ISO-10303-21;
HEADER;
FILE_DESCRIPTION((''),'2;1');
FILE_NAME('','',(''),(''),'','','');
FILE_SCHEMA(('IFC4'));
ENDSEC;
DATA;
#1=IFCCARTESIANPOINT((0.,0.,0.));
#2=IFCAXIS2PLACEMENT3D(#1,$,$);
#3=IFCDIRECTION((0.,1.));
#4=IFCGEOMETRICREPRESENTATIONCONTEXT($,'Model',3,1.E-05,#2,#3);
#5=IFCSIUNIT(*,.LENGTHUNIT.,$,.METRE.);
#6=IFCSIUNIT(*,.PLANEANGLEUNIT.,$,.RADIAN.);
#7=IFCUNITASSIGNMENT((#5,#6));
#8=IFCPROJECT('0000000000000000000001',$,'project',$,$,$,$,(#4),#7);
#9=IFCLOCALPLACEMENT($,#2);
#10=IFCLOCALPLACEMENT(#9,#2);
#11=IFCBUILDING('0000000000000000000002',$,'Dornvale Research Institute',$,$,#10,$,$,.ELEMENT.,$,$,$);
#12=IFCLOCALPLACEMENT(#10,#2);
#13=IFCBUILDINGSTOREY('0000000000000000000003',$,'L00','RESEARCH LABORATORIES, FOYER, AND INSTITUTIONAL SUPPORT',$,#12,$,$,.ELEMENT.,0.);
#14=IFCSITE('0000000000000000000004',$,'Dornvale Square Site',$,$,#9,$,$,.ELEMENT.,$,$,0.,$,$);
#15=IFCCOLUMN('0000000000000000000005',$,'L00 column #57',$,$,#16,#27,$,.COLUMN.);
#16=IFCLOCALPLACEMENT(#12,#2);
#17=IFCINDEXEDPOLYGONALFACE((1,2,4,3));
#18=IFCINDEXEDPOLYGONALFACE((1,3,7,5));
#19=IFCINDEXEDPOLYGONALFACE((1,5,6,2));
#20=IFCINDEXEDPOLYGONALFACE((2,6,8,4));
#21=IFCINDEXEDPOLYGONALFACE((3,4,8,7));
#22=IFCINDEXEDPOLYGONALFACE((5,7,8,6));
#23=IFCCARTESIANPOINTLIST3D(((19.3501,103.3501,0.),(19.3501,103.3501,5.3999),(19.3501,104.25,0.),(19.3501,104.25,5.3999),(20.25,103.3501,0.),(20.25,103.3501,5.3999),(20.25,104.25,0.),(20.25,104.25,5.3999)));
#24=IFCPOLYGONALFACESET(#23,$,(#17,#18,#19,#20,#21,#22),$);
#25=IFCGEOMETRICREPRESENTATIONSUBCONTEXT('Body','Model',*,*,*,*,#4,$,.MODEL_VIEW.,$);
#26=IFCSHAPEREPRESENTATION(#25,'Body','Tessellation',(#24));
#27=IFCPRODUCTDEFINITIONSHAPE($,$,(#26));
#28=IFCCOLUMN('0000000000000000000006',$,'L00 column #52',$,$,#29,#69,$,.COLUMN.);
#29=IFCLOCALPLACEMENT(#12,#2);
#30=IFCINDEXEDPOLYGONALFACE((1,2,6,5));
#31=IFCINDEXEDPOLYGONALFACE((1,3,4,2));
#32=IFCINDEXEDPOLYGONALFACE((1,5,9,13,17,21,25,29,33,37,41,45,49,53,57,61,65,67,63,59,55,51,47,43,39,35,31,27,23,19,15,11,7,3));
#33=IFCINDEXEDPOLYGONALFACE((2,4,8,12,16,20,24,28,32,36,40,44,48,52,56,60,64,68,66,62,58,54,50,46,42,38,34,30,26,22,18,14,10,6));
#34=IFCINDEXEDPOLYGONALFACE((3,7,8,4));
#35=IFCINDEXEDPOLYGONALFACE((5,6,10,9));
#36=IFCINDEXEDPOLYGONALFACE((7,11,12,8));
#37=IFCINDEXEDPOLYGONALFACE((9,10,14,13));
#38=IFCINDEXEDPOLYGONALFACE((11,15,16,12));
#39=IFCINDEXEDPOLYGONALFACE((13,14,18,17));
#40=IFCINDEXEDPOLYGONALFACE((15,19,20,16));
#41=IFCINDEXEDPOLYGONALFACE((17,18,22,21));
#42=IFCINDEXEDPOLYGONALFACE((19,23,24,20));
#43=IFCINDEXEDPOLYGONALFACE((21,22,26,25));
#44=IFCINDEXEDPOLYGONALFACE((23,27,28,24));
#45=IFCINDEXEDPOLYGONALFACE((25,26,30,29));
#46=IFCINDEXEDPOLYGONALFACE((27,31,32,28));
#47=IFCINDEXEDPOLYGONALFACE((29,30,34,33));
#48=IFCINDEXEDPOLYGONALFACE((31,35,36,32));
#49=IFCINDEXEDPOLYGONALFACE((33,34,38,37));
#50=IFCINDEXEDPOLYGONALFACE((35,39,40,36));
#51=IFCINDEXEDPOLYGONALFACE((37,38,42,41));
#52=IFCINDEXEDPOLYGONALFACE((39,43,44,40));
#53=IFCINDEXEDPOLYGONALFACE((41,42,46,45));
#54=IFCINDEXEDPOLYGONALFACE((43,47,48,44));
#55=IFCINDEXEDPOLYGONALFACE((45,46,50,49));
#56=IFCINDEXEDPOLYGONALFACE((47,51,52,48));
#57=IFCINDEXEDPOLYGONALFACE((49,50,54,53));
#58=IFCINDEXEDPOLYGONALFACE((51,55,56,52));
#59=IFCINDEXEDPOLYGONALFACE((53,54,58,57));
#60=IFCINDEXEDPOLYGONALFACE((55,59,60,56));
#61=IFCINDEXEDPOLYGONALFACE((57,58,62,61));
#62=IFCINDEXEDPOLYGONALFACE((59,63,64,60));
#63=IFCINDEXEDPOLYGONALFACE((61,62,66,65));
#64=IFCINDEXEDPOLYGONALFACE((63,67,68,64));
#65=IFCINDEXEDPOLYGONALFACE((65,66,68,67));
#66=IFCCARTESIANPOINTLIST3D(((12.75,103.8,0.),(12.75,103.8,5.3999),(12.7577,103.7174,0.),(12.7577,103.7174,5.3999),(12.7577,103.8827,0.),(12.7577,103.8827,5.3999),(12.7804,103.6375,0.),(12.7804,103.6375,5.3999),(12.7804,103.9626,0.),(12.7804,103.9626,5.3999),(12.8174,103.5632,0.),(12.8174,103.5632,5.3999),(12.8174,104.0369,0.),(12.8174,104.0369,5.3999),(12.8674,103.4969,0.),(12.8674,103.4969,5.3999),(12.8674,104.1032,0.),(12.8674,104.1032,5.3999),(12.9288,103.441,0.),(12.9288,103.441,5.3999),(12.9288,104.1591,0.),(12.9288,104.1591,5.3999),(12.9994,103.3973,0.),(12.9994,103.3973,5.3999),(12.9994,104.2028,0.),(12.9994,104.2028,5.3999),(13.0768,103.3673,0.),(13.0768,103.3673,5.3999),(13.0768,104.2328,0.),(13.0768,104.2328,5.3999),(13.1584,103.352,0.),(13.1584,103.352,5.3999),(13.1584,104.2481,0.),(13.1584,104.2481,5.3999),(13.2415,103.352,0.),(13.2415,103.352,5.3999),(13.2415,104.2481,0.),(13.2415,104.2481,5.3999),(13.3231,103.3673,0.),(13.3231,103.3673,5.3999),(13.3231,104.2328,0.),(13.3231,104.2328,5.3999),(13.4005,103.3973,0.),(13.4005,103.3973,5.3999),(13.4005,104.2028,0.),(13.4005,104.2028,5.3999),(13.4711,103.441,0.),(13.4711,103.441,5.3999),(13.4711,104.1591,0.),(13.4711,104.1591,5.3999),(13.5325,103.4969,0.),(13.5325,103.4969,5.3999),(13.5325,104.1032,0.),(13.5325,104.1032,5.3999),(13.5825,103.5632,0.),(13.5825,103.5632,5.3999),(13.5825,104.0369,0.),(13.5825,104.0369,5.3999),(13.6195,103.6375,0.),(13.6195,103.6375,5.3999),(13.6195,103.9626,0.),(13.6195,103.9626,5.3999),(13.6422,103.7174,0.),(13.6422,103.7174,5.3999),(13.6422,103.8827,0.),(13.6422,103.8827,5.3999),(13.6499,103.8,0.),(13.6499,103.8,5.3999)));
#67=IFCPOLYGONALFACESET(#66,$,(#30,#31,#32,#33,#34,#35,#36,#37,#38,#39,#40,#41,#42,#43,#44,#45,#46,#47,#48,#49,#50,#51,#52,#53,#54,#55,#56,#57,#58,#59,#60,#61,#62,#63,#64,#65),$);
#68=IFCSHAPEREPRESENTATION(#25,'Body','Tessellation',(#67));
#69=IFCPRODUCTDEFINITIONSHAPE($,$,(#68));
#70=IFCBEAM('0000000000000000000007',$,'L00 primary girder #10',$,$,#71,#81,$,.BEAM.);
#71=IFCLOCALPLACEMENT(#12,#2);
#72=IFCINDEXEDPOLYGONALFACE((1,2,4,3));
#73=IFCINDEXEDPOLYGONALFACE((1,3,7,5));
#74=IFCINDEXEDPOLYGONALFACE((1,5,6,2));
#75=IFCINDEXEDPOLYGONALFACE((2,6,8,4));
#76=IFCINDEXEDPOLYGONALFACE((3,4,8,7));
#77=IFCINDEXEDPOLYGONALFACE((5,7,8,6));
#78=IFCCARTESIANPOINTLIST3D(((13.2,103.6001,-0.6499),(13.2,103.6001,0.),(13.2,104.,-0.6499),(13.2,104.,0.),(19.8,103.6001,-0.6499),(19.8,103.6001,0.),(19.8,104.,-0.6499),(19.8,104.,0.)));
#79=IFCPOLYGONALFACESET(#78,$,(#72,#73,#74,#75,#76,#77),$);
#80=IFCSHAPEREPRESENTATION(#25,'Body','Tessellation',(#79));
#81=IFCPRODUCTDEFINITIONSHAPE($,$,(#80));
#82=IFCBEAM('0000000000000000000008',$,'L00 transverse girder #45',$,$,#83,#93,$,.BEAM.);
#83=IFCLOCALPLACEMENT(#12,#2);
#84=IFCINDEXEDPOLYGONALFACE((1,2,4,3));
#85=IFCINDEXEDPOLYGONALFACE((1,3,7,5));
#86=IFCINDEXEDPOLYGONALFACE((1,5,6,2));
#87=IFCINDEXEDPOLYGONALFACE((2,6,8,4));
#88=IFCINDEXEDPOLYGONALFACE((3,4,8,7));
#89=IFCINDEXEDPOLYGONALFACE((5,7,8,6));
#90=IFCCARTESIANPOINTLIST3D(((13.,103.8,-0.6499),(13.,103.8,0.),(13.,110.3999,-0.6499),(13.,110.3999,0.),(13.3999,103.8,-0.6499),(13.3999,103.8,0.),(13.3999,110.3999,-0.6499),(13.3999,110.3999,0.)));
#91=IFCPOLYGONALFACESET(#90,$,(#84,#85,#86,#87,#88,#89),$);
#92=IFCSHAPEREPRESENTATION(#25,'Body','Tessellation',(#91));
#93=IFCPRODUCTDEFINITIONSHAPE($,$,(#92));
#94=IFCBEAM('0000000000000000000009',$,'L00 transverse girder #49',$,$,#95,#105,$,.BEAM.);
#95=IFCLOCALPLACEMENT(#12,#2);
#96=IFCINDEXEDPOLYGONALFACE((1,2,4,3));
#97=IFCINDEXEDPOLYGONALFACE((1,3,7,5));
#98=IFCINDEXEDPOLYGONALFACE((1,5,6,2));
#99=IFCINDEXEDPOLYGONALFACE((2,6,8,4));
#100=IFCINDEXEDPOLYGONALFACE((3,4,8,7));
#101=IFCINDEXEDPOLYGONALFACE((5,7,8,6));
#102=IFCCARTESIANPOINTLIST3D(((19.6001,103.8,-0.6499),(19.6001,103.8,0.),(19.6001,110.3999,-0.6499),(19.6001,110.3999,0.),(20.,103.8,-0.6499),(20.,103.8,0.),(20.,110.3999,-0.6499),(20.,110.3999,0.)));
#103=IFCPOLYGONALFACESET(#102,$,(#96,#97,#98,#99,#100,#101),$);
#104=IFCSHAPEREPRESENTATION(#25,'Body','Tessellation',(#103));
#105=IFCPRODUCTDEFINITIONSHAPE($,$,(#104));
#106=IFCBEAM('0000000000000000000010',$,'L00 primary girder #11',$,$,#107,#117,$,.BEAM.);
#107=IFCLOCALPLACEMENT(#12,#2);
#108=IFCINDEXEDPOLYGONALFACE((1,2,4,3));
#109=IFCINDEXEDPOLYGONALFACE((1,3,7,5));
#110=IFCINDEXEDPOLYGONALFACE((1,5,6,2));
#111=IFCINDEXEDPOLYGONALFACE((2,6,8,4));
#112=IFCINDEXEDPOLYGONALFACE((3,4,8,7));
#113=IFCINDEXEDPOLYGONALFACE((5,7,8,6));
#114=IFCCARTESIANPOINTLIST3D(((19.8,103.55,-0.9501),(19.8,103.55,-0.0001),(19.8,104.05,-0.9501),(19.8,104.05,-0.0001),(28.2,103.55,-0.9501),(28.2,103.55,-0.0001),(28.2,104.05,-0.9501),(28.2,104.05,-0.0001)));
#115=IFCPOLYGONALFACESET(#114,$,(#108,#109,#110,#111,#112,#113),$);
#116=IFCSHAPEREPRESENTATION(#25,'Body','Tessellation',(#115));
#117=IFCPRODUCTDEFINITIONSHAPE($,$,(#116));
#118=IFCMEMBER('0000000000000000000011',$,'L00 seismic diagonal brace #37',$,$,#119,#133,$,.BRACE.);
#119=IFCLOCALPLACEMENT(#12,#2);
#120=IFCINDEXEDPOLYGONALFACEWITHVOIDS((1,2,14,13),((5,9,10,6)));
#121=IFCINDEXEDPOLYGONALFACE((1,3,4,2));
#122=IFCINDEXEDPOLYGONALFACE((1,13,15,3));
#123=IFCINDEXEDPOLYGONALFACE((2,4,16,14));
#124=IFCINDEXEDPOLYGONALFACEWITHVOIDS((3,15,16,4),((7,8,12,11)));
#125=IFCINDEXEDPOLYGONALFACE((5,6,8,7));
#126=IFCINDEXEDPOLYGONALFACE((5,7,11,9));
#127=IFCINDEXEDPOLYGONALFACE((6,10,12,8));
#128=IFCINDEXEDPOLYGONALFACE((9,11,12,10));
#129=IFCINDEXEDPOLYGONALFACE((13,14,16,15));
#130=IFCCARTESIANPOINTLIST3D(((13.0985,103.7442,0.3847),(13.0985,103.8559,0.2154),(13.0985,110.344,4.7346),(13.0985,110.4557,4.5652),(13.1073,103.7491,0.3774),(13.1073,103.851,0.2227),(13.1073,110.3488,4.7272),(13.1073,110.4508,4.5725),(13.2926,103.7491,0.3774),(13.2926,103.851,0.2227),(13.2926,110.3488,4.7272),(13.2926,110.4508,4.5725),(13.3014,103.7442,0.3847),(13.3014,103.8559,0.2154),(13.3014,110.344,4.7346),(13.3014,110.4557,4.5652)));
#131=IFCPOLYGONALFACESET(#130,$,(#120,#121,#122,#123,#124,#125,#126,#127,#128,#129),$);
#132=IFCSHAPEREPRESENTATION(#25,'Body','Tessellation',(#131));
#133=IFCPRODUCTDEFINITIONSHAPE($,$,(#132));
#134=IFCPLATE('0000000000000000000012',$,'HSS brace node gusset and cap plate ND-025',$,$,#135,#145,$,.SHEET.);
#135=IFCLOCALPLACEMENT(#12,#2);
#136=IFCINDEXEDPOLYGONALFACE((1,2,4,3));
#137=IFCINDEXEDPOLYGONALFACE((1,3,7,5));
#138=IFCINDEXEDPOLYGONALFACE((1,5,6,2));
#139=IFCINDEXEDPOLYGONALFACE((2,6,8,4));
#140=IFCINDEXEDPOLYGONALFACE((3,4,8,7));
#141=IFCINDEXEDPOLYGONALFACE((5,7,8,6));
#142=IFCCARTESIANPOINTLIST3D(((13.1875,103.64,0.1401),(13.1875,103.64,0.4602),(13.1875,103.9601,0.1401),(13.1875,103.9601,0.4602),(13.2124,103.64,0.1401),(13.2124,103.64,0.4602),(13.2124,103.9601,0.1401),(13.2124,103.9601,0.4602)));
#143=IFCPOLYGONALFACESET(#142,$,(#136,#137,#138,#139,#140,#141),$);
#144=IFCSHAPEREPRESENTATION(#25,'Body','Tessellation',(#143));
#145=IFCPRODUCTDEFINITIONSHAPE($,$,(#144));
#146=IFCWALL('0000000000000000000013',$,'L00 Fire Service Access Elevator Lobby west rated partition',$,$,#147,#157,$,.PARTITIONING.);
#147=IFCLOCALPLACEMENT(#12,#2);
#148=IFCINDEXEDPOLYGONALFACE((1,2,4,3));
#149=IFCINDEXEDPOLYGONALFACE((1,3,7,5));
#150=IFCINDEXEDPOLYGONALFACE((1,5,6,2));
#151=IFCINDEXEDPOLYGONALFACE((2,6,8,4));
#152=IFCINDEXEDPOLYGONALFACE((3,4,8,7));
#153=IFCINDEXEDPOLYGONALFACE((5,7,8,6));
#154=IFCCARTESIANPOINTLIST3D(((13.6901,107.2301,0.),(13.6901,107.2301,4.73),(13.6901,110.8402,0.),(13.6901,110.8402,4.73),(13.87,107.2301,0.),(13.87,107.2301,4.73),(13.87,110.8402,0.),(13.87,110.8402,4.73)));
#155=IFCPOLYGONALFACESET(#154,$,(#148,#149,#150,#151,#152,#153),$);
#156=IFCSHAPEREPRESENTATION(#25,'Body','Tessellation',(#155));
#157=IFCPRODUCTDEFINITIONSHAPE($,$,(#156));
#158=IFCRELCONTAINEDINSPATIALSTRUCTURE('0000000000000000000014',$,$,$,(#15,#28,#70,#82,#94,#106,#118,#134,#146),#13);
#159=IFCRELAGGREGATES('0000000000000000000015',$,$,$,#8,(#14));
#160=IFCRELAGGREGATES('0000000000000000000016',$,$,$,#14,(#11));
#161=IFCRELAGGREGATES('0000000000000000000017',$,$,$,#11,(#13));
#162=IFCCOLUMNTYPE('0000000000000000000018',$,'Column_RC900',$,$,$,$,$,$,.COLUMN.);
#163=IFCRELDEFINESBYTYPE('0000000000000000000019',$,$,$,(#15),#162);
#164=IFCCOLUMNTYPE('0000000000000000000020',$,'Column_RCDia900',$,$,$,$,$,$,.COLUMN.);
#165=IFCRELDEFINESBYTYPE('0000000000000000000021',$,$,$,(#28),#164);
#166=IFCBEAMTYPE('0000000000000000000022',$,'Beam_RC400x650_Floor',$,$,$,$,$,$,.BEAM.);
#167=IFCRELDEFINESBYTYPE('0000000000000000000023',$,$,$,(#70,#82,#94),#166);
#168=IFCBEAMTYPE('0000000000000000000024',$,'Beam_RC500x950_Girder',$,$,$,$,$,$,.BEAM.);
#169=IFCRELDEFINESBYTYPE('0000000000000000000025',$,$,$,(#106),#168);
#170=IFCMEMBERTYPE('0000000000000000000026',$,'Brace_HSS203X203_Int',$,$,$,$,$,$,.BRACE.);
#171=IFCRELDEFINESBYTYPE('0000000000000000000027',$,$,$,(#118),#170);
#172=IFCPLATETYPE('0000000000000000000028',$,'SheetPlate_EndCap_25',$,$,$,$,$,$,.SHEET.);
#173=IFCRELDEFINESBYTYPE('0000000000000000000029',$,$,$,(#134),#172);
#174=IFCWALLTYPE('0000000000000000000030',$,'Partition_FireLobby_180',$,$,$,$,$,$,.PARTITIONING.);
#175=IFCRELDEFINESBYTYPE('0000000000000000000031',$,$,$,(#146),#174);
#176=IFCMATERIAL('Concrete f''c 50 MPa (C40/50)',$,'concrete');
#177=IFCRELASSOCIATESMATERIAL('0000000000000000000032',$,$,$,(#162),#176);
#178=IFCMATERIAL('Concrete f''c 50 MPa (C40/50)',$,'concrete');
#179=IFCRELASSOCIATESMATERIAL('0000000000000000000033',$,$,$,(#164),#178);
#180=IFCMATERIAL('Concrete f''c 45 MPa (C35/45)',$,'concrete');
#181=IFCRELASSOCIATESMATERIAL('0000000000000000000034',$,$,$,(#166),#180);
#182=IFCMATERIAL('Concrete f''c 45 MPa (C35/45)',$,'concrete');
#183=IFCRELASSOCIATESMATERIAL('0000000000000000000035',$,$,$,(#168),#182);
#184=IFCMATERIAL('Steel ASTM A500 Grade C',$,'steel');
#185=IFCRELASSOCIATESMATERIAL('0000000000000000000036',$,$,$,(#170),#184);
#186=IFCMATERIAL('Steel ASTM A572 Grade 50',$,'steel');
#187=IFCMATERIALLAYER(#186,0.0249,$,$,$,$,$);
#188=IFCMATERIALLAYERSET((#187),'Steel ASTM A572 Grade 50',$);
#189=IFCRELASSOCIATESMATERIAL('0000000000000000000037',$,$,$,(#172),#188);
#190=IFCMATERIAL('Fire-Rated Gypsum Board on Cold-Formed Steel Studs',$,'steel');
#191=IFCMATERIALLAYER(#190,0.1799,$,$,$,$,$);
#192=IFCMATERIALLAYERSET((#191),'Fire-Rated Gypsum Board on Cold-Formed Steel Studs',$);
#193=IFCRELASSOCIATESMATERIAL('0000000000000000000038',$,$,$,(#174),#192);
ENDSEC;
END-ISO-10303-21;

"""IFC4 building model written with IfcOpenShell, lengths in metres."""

from ifc_helpers import new_model, si_unit, direction, frame, frame_2d, origin, origin_2d, place, context, subcontext, project, spatial, rectangle, hollow_rectangle, circle, extrude, material, layer, layer_set, material_profile, profile_set, type_object, element, save


model = new_model("IFC4")

# Units and contexts
model_context = context("Model", 3, precision=1e-05, world=origin(), true_north=direction((0.0, 1.0)))
body_context = subcontext(model_context, "Body", "Model", "MODEL_VIEW")
ifc_project = project(units=[si_unit("LENGTHUNIT", "METRE"), si_unit("PLANEANGLEUNIT", "RADIAN")], contexts=[model_context])

# Site, building, storey
site_placement = place(None, origin())
site = spatial("IfcSite", under=ifc_project, at=site_placement, Name="Dornvale Square Site", CompositionType="ELEMENT", RefElevation=0.0)
building_placement = place(site_placement, origin())
building = spatial("IfcBuilding", under=site, at=building_placement, Name="Dornvale Research Institute", CompositionType="ELEMENT")
storey_placement = place(building_placement, origin())
storey = spatial("IfcBuildingStorey", under=building, at=storey_placement, Name="L00", Description="RESEARCH LABORATORIES, FOYER, AND INSTITUTIONAL SUPPORT", CompositionType="ELEMENT", Elevation=0.0)

# Columns
ifc_material_1 = material(Name="Concrete f'c 50 MPa (C40/50)", Category="concrete")
ifc_material_profile_1 = material_profile(ifc_material_1, rectangle(XDim=0.8999, YDim=0.8999, at=origin_2d()), Name="RC 900x900")
ifc_profile_set_1 = profile_set([ifc_material_profile_1], Name="Concrete f'c 50 MPa (C40/50)")
column_type_1 = type_object("IfcColumnType", Name="Column_RC900", PredefinedType="COLUMN", material=ifc_profile_set_1)
column_1_placement = place(storey_placement, frame((19.8, 103.8, 0.0), z_axis=(0.0, 0.0, 1.0), x_axis=(1.0, 0.0, 0.0)))
element("IfcColumn", 1, at=column_1_placement, inside=storey, type_object=column_type_1, Name="L00 column #57", PredefinedType="COLUMN", context=body_context, shape_type="SweptSolid", body=[
    extrude(rectangle(XDim=0.8999, YDim=0.8999, at=origin_2d()), origin(), (0.0, 0.0, 1.0), 5.3999),
])
ifc_material_2 = material(Name="Concrete f'c 50 MPa (C40/50)", Category="concrete")
ifc_material_profile_2 = material_profile(ifc_material_2, circle(Radius=0.45, at=origin_2d()), Name="RC DIA 900")
ifc_profile_set_2 = profile_set([ifc_material_profile_2], Name="Concrete f'c 50 MPa (C40/50)")
column_type_2 = type_object("IfcColumnType", Name="Column_RCDia900", PredefinedType="COLUMN", material=ifc_profile_set_2)
column_2_placement = place(storey_placement, frame((13.2, 103.8, 0.0), z_axis=(0.0, 0.0, 1.0), x_axis=(1.0, 0.0, 0.0)))
element("IfcColumn", 2, at=column_2_placement, inside=storey, type_object=column_type_2, Name="L00 column #52", PredefinedType="COLUMN", context=body_context, shape_type="SweptSolid", body=[
    extrude(circle(Radius=0.45, at=origin_2d()), origin(), (0.0, 0.0, 1.0), 5.3999),
])

# Beams
ifc_material_3 = material(Name="Concrete f'c 45 MPa (C35/45)", Category="concrete")
ifc_material_profile_3 = material_profile(ifc_material_3, rectangle(XDim=0.3999, YDim=0.6499, at=origin_2d()), Name="RC 400x650")
ifc_profile_set_3 = profile_set([ifc_material_profile_3], Name="Concrete f'c 45 MPa (C35/45)")
beam_type_1 = type_object("IfcBeamType", Name="Beam_RC400x650_Floor", PredefinedType="BEAM", material=ifc_profile_set_3)
beam_1_placement = place(storey_placement, frame((13.2, 103.8, -0.325), z_axis=(1.0, 0.0, 0.0), x_axis=(0.0, 1.0, 0.0)))
element("IfcBeam", 3, at=beam_1_placement, inside=storey, type_object=beam_type_1, Name="L00 primary girder #10", PredefinedType="BEAM", context=body_context, shape_type="SweptSolid", body=[
    extrude(rectangle(XDim=0.3999, YDim=0.6499, at=origin_2d()), origin(), (0.0, 0.0, 1.0), 6.6001),
])
for number, where, z_axis, x_axis, name in (
    (4, (13.2, 103.8, -0.325), (0.0, 1.0, 0.0), (-1.0, 0.0, 0.0), "L00 transverse girder #45"),
    (5, (19.8, 103.8, -0.325), (0.0, 1.0, 0.0), (-1.0, 0.0, 0.0), "L00 transverse girder #49"),
):
    element("IfcBeam", number, at=place(storey_placement, frame(where, z_axis=z_axis, x_axis=x_axis)), inside=storey, type_object=beam_type_1, Name=name, PredefinedType="BEAM", context=body_context, shape_type="SweptSolid", body=[
        extrude(rectangle(XDim=0.3999, YDim=0.6499, at=origin_2d()), origin(), (0.0, 0.0, 1.0), 6.5999),
    ])
ifc_material_4 = material(Name="Concrete f'c 45 MPa (C35/45)", Category="concrete")
ifc_material_profile_4 = material_profile(ifc_material_4, rectangle(XDim=0.5, YDim=0.95, at=origin_2d()), Name="RC 500x950")
ifc_profile_set_4 = profile_set([ifc_material_profile_4], Name="Concrete f'c 45 MPa (C35/45)")
beam_type_2 = type_object("IfcBeamType", Name="Beam_RC500x950_Girder", PredefinedType="BEAM", material=ifc_profile_set_4)
beam_2_placement = place(storey_placement, frame((19.8, 103.8, -0.4751), z_axis=(1.0, 0.0, 0.0), x_axis=(0.0, 1.0, 0.0)))
element("IfcBeam", 6, at=beam_2_placement, inside=storey, type_object=beam_type_2, Name="L00 primary girder #11", PredefinedType="BEAM", context=body_context, shape_type="SweptSolid", body=[
    extrude(rectangle(XDim=0.5, YDim=0.95, at=origin_2d()), origin(), (0.0, 0.0, 1.0), 8.3999),
])

# Member
ifc_material_5 = material(Name="Steel ASTM A500 Grade C", Category="steel")
ifc_material_profile_5 = material_profile(ifc_material_5, hollow_rectangle(XDim=0.2029, YDim=0.2029, WallThickness=0.0088, at=origin_2d()), Name="HSS203X203X9.5")
ifc_profile_set_5 = profile_set([ifc_material_profile_5], Name="Steel ASTM A500 Grade C")
member_type = type_object("IfcMemberType", Name="Brace_HSS203X203_Int", PredefinedType="BRACE", material=ifc_profile_set_5)
member_placement = place(storey_placement, frame((13.2, 103.8, 0.3), z_axis=(0.0, 0.834961, 0.550309), x_axis=(-1.0, 0.0, 0.0)))
element("IfcMember", 7, at=member_placement, inside=storey, type_object=member_type, Name="L00 seismic diagonal brace #37", PredefinedType="BRACE", context=body_context, shape_type="SweptSolid", body=[
    extrude(hollow_rectangle(XDim=0.2029, YDim=0.2029, WallThickness=0.0088, at=origin_2d()), origin(), (0.0, 0.0, 1.0), 7.9043),
])

# Plate
ifc_material_6 = material(Name="Steel ASTM A572 Grade 50", Category="steel")
ifc_layer_1 = layer(ifc_material_6, 0.0249)
ifc_layer_set_1 = layer_set([ifc_layer_1], Name="Steel ASTM A572 Grade 50")
plate_type = type_object("IfcPlateType", Name="SheetPlate_EndCap_25", PredefinedType="SHEET", material=ifc_layer_set_1)
plate_placement = place(storey_placement, frame((13.2, 103.8, 0.1401), z_axis=(0.0, 0.0, 1.0), x_axis=(0.0, 1.0, 0.0)))
element("IfcPlate", 8, at=plate_placement, inside=storey, type_object=plate_type, Name="HSS brace node gusset and cap plate ND-025", PredefinedType="SHEET", context=body_context, shape_type="SweptSolid", body=[
    extrude(rectangle(XDim=0.3201, YDim=0.0249, at=origin_2d()), origin(), (0.0, 0.0, 1.0), 0.3201),
])

# Wall
ifc_material_7 = material(Name="Fire-Rated Gypsum Board on Cold-Formed Steel Studs", Category="steel")
ifc_layer_2 = layer(ifc_material_7, 0.1799)
ifc_layer_set_2 = layer_set([ifc_layer_2], Name="Fire-Rated Gypsum Board on Cold-Formed Steel Studs")
wall_type_1 = type_object("IfcWallType", Name="Partition_FireLobby_180", PredefinedType="PARTITIONING", material=ifc_layer_set_2)
wall_1_placement = place(storey_placement, frame((13.78, 107.23, 0.0), z_axis=(0.0, 0.0, 1.0), x_axis=(0.0, 1.0, 0.0)))
element("IfcWall", 9, at=wall_1_placement, inside=storey, type_object=wall_type_1, Name="L00 Fire Service Access Elevator Lobby west rated partition", PredefinedType="PARTITIONING", context=body_context, shape_type="SweptSolid", body=[
    extrude(rectangle(XDim=3.6101, YDim=0.1799, at=frame_2d((1.8052, 0.0))), origin(), (0.0, 0.0, 1.0), 4.73),
])

save(model, "model.ifc")
